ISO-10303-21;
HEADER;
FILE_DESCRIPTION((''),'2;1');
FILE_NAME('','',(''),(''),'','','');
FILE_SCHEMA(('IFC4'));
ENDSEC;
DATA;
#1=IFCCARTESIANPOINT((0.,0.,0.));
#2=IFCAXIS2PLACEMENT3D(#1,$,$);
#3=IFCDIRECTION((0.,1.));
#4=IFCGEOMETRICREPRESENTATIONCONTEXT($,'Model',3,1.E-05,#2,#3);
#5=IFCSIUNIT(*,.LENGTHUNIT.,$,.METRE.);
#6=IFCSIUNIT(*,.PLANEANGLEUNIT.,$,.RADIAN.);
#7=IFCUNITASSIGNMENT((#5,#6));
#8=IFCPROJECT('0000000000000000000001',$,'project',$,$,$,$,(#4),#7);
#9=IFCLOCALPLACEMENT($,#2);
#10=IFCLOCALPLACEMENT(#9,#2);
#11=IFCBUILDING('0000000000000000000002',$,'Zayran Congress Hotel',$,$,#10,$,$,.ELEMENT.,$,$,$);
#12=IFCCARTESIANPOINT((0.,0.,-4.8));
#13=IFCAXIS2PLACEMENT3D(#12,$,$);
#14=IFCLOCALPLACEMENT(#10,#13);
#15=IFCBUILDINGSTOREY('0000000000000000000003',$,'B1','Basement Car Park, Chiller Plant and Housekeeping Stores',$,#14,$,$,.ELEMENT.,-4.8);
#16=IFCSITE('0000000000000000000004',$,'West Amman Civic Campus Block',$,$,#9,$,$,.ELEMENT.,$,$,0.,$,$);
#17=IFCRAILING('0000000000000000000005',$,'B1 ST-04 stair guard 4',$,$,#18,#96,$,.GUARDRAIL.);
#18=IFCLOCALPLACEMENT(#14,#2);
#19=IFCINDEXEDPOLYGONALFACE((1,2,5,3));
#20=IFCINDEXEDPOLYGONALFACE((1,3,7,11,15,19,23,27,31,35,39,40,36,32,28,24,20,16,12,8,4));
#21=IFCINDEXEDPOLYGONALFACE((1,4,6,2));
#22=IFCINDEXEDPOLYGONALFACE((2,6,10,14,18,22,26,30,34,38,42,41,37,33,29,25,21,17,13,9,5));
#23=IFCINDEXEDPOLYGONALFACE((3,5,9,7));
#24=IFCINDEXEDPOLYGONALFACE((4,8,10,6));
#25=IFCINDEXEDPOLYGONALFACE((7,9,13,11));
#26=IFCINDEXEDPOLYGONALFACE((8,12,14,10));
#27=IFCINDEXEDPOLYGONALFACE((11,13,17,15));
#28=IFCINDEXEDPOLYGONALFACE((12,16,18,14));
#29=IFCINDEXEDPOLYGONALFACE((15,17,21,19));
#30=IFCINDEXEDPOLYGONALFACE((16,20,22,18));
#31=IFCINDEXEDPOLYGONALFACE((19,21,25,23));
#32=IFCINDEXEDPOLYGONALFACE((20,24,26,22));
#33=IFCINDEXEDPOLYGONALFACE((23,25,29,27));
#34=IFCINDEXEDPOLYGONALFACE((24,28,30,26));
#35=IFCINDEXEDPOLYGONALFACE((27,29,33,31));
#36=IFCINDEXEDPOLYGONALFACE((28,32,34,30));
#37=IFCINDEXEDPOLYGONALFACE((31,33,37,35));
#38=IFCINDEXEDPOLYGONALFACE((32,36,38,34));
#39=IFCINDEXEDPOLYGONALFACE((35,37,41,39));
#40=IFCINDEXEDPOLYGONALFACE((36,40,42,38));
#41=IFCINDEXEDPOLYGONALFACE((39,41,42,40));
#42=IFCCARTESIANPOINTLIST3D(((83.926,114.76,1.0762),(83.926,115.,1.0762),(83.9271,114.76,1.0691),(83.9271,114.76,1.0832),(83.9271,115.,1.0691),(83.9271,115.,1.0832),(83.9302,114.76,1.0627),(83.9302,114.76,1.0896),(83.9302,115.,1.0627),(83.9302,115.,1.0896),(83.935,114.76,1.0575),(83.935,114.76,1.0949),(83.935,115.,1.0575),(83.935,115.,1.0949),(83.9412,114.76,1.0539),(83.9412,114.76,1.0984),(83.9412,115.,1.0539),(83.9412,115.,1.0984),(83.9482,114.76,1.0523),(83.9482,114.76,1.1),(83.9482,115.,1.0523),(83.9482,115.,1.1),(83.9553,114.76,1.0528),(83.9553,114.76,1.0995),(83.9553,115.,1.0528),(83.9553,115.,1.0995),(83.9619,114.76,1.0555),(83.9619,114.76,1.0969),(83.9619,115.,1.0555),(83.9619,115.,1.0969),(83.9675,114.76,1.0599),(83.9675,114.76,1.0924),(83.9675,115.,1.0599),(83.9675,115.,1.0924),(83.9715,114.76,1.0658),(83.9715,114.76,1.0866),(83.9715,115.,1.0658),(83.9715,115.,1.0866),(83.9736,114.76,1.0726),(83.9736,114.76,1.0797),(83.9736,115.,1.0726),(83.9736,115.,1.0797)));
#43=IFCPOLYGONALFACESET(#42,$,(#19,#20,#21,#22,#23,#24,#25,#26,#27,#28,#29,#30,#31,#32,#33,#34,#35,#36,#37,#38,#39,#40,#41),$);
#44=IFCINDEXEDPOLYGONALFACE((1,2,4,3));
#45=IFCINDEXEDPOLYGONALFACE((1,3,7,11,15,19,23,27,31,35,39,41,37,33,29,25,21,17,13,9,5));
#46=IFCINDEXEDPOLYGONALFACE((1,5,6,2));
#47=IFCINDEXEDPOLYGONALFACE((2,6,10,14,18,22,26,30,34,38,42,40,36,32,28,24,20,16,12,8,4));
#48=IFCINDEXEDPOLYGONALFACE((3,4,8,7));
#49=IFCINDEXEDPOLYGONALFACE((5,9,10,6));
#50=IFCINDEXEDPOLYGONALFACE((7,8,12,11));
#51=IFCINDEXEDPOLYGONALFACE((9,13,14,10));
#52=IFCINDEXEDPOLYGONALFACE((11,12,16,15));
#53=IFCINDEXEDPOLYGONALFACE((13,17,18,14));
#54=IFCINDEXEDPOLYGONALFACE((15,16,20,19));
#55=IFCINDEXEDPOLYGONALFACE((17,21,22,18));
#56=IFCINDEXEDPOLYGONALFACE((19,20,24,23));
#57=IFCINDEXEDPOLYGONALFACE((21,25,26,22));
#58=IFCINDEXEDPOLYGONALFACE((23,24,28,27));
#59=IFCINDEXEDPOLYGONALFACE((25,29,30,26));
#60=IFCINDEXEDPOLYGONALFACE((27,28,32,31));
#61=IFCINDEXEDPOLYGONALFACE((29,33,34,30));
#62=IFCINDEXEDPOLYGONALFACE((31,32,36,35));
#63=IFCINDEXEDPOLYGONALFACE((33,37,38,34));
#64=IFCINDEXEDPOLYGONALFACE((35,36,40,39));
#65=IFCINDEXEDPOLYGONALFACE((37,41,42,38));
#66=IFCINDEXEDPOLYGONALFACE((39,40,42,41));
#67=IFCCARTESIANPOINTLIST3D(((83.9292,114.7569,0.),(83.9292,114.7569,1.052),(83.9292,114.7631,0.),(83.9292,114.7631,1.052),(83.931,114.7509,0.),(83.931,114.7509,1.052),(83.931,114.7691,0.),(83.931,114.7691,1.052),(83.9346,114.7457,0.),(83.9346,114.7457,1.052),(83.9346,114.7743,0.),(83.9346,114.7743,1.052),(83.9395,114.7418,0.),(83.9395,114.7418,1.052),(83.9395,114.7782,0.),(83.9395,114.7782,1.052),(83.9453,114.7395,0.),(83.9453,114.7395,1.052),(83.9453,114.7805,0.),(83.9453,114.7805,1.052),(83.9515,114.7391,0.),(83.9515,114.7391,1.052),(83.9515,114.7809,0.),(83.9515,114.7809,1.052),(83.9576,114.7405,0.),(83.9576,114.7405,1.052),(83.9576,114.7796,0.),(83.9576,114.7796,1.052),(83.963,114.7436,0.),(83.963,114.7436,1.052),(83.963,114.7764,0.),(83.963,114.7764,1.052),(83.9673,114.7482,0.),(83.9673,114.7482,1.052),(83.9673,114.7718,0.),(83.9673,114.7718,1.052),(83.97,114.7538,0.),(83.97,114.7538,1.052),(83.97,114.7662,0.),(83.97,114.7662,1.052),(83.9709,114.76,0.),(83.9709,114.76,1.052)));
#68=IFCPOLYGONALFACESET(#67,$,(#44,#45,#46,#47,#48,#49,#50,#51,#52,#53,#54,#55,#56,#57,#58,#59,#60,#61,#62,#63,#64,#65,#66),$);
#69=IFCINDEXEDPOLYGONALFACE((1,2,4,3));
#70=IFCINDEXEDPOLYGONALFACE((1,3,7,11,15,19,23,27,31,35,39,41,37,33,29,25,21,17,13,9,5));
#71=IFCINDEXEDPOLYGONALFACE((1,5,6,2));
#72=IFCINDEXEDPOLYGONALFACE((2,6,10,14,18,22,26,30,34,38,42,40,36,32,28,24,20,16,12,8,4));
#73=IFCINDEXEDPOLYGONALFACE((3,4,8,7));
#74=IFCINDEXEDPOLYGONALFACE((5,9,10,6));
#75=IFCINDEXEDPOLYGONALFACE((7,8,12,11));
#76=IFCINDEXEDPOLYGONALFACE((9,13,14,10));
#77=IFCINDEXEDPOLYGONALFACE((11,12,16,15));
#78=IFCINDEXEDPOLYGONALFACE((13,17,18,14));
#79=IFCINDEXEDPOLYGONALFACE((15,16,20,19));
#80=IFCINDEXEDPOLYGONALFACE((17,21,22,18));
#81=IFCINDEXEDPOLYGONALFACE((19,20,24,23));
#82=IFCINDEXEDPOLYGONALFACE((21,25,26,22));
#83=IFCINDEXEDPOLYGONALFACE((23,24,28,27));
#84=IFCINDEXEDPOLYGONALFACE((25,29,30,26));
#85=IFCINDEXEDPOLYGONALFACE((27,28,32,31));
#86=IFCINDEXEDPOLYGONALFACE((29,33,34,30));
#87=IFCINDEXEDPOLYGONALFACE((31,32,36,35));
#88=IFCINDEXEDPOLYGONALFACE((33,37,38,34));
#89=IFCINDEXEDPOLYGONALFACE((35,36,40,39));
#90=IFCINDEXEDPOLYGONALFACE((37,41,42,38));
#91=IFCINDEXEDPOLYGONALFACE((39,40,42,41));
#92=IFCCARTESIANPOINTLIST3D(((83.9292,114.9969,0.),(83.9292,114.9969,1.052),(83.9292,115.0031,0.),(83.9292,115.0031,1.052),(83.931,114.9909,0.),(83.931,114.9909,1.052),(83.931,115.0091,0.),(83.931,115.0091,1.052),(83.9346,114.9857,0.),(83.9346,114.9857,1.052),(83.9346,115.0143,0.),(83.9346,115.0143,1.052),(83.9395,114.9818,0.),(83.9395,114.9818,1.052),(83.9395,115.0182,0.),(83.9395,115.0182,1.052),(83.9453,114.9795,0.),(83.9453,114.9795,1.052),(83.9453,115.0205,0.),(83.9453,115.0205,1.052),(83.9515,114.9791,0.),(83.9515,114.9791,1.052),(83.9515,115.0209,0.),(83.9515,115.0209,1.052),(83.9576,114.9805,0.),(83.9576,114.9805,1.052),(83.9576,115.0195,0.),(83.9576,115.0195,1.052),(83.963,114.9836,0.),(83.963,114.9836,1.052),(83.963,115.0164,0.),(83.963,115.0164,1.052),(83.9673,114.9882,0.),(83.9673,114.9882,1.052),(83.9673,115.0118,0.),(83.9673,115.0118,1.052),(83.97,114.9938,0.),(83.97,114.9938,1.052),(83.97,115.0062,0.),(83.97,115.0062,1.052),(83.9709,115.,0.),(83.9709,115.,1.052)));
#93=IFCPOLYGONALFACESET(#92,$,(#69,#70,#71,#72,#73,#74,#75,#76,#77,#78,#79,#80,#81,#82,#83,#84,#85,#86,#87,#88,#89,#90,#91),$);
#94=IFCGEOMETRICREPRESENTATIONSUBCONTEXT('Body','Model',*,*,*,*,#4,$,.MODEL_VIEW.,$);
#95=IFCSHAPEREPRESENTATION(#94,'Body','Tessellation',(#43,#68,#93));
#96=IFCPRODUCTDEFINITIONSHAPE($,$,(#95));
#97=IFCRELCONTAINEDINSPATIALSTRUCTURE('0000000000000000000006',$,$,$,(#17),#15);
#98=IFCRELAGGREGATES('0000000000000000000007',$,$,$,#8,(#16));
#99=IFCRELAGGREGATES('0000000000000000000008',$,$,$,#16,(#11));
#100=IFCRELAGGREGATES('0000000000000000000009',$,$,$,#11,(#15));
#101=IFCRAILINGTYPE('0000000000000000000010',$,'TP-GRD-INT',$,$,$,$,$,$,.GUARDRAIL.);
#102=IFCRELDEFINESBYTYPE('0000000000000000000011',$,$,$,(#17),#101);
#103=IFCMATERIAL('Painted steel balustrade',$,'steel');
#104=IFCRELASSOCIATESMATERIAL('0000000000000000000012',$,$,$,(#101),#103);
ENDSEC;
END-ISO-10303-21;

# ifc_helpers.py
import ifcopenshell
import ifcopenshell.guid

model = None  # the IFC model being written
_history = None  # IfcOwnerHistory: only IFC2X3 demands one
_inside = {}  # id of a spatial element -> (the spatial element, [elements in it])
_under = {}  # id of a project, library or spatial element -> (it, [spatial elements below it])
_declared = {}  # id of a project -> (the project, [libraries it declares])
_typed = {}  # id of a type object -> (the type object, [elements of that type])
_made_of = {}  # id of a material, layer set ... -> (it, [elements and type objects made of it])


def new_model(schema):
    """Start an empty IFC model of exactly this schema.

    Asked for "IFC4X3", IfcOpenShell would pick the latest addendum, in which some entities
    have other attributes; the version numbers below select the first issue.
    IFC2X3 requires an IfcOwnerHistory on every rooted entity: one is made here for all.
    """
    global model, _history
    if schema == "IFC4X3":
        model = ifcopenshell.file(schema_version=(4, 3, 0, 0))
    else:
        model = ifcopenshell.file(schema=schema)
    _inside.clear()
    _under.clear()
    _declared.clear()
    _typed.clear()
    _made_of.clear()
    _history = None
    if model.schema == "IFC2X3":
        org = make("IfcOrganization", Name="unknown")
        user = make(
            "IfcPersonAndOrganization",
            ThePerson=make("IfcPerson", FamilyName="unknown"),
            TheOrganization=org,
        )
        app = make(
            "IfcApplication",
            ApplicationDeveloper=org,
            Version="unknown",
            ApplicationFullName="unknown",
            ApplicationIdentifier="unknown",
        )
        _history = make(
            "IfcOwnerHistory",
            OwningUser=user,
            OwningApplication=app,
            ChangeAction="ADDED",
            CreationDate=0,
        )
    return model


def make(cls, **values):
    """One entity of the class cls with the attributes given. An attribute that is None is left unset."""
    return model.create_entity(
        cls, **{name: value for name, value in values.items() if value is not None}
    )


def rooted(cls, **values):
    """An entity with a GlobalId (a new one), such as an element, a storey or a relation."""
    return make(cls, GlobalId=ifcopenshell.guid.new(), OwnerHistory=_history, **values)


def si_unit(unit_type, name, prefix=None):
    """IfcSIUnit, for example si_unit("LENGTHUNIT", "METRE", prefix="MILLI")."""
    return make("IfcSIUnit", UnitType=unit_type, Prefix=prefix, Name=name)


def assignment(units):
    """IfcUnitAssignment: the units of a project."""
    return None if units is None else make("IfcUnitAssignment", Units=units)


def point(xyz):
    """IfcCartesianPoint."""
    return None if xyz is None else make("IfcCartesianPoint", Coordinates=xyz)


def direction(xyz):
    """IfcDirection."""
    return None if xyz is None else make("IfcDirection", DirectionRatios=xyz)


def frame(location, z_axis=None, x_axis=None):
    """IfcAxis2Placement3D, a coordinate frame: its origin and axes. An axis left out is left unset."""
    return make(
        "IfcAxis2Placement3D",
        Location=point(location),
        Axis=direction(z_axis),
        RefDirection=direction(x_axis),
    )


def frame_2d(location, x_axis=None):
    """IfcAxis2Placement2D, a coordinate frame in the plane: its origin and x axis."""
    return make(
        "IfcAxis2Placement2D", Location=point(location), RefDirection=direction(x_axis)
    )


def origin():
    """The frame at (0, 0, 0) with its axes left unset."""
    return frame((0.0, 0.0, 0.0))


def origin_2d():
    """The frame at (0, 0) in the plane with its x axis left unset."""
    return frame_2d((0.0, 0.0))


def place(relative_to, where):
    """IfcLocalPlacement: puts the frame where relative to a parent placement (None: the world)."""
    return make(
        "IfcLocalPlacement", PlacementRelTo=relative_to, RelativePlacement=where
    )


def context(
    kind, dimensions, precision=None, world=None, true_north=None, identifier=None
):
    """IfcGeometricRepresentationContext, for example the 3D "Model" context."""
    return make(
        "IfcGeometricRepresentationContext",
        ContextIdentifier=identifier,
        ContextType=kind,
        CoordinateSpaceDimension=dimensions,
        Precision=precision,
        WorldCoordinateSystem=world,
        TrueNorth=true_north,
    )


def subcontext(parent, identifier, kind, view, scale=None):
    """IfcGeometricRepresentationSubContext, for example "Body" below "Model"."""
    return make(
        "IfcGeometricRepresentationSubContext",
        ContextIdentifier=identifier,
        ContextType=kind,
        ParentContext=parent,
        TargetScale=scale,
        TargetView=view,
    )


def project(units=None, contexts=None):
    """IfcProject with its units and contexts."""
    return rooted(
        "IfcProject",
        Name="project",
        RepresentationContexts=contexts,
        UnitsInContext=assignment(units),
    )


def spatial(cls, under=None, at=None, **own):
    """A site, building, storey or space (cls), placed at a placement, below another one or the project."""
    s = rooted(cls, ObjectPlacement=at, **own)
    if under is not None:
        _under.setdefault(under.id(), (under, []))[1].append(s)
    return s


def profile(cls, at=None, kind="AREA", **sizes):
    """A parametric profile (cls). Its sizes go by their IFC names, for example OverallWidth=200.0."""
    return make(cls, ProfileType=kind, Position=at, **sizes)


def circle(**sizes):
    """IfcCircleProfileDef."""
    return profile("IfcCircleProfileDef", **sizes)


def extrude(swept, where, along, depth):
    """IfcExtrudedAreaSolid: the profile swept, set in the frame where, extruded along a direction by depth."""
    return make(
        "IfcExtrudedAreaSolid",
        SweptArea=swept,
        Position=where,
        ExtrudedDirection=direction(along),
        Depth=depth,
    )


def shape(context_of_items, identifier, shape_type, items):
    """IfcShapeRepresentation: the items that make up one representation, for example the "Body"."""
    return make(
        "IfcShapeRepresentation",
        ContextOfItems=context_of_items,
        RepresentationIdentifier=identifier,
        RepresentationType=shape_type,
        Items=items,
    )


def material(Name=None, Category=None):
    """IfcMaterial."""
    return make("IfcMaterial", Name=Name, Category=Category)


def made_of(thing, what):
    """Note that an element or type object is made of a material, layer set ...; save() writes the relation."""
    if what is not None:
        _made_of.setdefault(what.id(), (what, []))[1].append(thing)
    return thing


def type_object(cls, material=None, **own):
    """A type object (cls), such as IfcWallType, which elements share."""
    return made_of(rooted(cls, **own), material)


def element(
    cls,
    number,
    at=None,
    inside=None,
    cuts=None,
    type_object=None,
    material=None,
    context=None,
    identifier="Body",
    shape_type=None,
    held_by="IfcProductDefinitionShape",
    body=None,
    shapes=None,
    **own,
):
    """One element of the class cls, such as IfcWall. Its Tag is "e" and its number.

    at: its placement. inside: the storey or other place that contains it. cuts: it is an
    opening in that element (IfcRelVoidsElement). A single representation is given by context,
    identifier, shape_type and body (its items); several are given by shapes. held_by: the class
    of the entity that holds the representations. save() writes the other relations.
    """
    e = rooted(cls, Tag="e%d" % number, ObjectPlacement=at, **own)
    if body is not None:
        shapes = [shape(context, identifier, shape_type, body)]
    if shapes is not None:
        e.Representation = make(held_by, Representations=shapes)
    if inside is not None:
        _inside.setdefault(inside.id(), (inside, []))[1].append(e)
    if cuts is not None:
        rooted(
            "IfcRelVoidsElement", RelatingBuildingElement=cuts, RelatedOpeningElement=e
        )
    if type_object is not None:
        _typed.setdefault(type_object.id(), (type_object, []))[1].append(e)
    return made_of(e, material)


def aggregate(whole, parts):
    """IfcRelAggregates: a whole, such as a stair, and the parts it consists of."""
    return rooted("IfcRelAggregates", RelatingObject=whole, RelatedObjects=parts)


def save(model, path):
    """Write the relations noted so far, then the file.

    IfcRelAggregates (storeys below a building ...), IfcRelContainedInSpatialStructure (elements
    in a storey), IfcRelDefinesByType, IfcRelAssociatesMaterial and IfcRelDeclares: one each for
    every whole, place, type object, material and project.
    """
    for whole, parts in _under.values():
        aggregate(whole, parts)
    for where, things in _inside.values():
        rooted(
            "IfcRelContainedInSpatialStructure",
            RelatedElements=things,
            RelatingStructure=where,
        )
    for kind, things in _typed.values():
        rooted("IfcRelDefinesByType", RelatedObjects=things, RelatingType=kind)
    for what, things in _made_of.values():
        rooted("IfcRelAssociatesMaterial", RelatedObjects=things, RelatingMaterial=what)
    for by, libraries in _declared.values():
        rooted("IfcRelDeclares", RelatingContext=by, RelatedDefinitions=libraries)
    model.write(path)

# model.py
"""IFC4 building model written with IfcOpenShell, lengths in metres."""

from ifc_helpers import new_model, si_unit, direction, frame, origin, origin_2d, place, context, subcontext, project, spatial, circle, extrude, material, type_object, element, save


model = new_model("IFC4")

# Units and contexts
model_context = context("Model", 3, precision=1e-05, world=origin(), true_north=direction((0.0, 1.0)))
body_context = subcontext(model_context, "Body", "Model", "MODEL_VIEW")
ifc_project = project(units=[si_unit("LENGTHUNIT", "METRE"), si_unit("PLANEANGLEUNIT", "RADIAN")], contexts=[model_context])

# Site, building, storey
site_placement = place(None, origin())
site = spatial("IfcSite", under=ifc_project, at=site_placement, Name="West Amman Civic Campus Block", CompositionType="ELEMENT", RefElevation=0.0)
building_placement = place(site_placement, origin())
building = spatial("IfcBuilding", under=site, at=building_placement, Name="Zayran Congress Hotel", CompositionType="ELEMENT")
storey_placement = place(building_placement, frame((0.0, 0.0, -4.8)))
storey = spatial("IfcBuildingStorey", under=building, at=storey_placement, Name="B1", Description="Basement Car Park, Chiller Plant and Housekeeping Stores", CompositionType="ELEMENT", Elevation=-4.8)

# Railing
ifc_material_1 = material(Name="Painted steel balustrade", Category="steel")
railing_type_1 = type_object("IfcRailingType", Name="TP-GRD-INT", PredefinedType="GUARDRAIL", material=ifc_material_1)
railing_1_placement = place(storey_placement, frame((83.95, 114.76, 0.0)))
element("IfcRailing", 1, at=railing_1_placement, inside=storey, type_object=railing_type_1, Name="B1 ST-04 stair guard 4", PredefinedType="GUARDRAIL", context=body_context, shape_type="SweptSolid", body=[
    extrude(circle(Radius=0.0239, at=origin_2d()), frame((0.0, 0.0, 1.0762), z_axis=(0.0, 1.0, 0.0), x_axis=(-1.0, 0.0, 0.0)), (0.0, 0.0, 1.0), 0.24),
    extrude(circle(Radius=0.021, at=origin_2d()), origin(), (0.0, 0.0, 1.0), 1.052),
    extrude(circle(Radius=0.021, at=origin_2d()), frame((0.0, 0.24, 0.0)), (0.0, 0.0, 1.0), 1.052),
])

save(model, "model.ifc")
